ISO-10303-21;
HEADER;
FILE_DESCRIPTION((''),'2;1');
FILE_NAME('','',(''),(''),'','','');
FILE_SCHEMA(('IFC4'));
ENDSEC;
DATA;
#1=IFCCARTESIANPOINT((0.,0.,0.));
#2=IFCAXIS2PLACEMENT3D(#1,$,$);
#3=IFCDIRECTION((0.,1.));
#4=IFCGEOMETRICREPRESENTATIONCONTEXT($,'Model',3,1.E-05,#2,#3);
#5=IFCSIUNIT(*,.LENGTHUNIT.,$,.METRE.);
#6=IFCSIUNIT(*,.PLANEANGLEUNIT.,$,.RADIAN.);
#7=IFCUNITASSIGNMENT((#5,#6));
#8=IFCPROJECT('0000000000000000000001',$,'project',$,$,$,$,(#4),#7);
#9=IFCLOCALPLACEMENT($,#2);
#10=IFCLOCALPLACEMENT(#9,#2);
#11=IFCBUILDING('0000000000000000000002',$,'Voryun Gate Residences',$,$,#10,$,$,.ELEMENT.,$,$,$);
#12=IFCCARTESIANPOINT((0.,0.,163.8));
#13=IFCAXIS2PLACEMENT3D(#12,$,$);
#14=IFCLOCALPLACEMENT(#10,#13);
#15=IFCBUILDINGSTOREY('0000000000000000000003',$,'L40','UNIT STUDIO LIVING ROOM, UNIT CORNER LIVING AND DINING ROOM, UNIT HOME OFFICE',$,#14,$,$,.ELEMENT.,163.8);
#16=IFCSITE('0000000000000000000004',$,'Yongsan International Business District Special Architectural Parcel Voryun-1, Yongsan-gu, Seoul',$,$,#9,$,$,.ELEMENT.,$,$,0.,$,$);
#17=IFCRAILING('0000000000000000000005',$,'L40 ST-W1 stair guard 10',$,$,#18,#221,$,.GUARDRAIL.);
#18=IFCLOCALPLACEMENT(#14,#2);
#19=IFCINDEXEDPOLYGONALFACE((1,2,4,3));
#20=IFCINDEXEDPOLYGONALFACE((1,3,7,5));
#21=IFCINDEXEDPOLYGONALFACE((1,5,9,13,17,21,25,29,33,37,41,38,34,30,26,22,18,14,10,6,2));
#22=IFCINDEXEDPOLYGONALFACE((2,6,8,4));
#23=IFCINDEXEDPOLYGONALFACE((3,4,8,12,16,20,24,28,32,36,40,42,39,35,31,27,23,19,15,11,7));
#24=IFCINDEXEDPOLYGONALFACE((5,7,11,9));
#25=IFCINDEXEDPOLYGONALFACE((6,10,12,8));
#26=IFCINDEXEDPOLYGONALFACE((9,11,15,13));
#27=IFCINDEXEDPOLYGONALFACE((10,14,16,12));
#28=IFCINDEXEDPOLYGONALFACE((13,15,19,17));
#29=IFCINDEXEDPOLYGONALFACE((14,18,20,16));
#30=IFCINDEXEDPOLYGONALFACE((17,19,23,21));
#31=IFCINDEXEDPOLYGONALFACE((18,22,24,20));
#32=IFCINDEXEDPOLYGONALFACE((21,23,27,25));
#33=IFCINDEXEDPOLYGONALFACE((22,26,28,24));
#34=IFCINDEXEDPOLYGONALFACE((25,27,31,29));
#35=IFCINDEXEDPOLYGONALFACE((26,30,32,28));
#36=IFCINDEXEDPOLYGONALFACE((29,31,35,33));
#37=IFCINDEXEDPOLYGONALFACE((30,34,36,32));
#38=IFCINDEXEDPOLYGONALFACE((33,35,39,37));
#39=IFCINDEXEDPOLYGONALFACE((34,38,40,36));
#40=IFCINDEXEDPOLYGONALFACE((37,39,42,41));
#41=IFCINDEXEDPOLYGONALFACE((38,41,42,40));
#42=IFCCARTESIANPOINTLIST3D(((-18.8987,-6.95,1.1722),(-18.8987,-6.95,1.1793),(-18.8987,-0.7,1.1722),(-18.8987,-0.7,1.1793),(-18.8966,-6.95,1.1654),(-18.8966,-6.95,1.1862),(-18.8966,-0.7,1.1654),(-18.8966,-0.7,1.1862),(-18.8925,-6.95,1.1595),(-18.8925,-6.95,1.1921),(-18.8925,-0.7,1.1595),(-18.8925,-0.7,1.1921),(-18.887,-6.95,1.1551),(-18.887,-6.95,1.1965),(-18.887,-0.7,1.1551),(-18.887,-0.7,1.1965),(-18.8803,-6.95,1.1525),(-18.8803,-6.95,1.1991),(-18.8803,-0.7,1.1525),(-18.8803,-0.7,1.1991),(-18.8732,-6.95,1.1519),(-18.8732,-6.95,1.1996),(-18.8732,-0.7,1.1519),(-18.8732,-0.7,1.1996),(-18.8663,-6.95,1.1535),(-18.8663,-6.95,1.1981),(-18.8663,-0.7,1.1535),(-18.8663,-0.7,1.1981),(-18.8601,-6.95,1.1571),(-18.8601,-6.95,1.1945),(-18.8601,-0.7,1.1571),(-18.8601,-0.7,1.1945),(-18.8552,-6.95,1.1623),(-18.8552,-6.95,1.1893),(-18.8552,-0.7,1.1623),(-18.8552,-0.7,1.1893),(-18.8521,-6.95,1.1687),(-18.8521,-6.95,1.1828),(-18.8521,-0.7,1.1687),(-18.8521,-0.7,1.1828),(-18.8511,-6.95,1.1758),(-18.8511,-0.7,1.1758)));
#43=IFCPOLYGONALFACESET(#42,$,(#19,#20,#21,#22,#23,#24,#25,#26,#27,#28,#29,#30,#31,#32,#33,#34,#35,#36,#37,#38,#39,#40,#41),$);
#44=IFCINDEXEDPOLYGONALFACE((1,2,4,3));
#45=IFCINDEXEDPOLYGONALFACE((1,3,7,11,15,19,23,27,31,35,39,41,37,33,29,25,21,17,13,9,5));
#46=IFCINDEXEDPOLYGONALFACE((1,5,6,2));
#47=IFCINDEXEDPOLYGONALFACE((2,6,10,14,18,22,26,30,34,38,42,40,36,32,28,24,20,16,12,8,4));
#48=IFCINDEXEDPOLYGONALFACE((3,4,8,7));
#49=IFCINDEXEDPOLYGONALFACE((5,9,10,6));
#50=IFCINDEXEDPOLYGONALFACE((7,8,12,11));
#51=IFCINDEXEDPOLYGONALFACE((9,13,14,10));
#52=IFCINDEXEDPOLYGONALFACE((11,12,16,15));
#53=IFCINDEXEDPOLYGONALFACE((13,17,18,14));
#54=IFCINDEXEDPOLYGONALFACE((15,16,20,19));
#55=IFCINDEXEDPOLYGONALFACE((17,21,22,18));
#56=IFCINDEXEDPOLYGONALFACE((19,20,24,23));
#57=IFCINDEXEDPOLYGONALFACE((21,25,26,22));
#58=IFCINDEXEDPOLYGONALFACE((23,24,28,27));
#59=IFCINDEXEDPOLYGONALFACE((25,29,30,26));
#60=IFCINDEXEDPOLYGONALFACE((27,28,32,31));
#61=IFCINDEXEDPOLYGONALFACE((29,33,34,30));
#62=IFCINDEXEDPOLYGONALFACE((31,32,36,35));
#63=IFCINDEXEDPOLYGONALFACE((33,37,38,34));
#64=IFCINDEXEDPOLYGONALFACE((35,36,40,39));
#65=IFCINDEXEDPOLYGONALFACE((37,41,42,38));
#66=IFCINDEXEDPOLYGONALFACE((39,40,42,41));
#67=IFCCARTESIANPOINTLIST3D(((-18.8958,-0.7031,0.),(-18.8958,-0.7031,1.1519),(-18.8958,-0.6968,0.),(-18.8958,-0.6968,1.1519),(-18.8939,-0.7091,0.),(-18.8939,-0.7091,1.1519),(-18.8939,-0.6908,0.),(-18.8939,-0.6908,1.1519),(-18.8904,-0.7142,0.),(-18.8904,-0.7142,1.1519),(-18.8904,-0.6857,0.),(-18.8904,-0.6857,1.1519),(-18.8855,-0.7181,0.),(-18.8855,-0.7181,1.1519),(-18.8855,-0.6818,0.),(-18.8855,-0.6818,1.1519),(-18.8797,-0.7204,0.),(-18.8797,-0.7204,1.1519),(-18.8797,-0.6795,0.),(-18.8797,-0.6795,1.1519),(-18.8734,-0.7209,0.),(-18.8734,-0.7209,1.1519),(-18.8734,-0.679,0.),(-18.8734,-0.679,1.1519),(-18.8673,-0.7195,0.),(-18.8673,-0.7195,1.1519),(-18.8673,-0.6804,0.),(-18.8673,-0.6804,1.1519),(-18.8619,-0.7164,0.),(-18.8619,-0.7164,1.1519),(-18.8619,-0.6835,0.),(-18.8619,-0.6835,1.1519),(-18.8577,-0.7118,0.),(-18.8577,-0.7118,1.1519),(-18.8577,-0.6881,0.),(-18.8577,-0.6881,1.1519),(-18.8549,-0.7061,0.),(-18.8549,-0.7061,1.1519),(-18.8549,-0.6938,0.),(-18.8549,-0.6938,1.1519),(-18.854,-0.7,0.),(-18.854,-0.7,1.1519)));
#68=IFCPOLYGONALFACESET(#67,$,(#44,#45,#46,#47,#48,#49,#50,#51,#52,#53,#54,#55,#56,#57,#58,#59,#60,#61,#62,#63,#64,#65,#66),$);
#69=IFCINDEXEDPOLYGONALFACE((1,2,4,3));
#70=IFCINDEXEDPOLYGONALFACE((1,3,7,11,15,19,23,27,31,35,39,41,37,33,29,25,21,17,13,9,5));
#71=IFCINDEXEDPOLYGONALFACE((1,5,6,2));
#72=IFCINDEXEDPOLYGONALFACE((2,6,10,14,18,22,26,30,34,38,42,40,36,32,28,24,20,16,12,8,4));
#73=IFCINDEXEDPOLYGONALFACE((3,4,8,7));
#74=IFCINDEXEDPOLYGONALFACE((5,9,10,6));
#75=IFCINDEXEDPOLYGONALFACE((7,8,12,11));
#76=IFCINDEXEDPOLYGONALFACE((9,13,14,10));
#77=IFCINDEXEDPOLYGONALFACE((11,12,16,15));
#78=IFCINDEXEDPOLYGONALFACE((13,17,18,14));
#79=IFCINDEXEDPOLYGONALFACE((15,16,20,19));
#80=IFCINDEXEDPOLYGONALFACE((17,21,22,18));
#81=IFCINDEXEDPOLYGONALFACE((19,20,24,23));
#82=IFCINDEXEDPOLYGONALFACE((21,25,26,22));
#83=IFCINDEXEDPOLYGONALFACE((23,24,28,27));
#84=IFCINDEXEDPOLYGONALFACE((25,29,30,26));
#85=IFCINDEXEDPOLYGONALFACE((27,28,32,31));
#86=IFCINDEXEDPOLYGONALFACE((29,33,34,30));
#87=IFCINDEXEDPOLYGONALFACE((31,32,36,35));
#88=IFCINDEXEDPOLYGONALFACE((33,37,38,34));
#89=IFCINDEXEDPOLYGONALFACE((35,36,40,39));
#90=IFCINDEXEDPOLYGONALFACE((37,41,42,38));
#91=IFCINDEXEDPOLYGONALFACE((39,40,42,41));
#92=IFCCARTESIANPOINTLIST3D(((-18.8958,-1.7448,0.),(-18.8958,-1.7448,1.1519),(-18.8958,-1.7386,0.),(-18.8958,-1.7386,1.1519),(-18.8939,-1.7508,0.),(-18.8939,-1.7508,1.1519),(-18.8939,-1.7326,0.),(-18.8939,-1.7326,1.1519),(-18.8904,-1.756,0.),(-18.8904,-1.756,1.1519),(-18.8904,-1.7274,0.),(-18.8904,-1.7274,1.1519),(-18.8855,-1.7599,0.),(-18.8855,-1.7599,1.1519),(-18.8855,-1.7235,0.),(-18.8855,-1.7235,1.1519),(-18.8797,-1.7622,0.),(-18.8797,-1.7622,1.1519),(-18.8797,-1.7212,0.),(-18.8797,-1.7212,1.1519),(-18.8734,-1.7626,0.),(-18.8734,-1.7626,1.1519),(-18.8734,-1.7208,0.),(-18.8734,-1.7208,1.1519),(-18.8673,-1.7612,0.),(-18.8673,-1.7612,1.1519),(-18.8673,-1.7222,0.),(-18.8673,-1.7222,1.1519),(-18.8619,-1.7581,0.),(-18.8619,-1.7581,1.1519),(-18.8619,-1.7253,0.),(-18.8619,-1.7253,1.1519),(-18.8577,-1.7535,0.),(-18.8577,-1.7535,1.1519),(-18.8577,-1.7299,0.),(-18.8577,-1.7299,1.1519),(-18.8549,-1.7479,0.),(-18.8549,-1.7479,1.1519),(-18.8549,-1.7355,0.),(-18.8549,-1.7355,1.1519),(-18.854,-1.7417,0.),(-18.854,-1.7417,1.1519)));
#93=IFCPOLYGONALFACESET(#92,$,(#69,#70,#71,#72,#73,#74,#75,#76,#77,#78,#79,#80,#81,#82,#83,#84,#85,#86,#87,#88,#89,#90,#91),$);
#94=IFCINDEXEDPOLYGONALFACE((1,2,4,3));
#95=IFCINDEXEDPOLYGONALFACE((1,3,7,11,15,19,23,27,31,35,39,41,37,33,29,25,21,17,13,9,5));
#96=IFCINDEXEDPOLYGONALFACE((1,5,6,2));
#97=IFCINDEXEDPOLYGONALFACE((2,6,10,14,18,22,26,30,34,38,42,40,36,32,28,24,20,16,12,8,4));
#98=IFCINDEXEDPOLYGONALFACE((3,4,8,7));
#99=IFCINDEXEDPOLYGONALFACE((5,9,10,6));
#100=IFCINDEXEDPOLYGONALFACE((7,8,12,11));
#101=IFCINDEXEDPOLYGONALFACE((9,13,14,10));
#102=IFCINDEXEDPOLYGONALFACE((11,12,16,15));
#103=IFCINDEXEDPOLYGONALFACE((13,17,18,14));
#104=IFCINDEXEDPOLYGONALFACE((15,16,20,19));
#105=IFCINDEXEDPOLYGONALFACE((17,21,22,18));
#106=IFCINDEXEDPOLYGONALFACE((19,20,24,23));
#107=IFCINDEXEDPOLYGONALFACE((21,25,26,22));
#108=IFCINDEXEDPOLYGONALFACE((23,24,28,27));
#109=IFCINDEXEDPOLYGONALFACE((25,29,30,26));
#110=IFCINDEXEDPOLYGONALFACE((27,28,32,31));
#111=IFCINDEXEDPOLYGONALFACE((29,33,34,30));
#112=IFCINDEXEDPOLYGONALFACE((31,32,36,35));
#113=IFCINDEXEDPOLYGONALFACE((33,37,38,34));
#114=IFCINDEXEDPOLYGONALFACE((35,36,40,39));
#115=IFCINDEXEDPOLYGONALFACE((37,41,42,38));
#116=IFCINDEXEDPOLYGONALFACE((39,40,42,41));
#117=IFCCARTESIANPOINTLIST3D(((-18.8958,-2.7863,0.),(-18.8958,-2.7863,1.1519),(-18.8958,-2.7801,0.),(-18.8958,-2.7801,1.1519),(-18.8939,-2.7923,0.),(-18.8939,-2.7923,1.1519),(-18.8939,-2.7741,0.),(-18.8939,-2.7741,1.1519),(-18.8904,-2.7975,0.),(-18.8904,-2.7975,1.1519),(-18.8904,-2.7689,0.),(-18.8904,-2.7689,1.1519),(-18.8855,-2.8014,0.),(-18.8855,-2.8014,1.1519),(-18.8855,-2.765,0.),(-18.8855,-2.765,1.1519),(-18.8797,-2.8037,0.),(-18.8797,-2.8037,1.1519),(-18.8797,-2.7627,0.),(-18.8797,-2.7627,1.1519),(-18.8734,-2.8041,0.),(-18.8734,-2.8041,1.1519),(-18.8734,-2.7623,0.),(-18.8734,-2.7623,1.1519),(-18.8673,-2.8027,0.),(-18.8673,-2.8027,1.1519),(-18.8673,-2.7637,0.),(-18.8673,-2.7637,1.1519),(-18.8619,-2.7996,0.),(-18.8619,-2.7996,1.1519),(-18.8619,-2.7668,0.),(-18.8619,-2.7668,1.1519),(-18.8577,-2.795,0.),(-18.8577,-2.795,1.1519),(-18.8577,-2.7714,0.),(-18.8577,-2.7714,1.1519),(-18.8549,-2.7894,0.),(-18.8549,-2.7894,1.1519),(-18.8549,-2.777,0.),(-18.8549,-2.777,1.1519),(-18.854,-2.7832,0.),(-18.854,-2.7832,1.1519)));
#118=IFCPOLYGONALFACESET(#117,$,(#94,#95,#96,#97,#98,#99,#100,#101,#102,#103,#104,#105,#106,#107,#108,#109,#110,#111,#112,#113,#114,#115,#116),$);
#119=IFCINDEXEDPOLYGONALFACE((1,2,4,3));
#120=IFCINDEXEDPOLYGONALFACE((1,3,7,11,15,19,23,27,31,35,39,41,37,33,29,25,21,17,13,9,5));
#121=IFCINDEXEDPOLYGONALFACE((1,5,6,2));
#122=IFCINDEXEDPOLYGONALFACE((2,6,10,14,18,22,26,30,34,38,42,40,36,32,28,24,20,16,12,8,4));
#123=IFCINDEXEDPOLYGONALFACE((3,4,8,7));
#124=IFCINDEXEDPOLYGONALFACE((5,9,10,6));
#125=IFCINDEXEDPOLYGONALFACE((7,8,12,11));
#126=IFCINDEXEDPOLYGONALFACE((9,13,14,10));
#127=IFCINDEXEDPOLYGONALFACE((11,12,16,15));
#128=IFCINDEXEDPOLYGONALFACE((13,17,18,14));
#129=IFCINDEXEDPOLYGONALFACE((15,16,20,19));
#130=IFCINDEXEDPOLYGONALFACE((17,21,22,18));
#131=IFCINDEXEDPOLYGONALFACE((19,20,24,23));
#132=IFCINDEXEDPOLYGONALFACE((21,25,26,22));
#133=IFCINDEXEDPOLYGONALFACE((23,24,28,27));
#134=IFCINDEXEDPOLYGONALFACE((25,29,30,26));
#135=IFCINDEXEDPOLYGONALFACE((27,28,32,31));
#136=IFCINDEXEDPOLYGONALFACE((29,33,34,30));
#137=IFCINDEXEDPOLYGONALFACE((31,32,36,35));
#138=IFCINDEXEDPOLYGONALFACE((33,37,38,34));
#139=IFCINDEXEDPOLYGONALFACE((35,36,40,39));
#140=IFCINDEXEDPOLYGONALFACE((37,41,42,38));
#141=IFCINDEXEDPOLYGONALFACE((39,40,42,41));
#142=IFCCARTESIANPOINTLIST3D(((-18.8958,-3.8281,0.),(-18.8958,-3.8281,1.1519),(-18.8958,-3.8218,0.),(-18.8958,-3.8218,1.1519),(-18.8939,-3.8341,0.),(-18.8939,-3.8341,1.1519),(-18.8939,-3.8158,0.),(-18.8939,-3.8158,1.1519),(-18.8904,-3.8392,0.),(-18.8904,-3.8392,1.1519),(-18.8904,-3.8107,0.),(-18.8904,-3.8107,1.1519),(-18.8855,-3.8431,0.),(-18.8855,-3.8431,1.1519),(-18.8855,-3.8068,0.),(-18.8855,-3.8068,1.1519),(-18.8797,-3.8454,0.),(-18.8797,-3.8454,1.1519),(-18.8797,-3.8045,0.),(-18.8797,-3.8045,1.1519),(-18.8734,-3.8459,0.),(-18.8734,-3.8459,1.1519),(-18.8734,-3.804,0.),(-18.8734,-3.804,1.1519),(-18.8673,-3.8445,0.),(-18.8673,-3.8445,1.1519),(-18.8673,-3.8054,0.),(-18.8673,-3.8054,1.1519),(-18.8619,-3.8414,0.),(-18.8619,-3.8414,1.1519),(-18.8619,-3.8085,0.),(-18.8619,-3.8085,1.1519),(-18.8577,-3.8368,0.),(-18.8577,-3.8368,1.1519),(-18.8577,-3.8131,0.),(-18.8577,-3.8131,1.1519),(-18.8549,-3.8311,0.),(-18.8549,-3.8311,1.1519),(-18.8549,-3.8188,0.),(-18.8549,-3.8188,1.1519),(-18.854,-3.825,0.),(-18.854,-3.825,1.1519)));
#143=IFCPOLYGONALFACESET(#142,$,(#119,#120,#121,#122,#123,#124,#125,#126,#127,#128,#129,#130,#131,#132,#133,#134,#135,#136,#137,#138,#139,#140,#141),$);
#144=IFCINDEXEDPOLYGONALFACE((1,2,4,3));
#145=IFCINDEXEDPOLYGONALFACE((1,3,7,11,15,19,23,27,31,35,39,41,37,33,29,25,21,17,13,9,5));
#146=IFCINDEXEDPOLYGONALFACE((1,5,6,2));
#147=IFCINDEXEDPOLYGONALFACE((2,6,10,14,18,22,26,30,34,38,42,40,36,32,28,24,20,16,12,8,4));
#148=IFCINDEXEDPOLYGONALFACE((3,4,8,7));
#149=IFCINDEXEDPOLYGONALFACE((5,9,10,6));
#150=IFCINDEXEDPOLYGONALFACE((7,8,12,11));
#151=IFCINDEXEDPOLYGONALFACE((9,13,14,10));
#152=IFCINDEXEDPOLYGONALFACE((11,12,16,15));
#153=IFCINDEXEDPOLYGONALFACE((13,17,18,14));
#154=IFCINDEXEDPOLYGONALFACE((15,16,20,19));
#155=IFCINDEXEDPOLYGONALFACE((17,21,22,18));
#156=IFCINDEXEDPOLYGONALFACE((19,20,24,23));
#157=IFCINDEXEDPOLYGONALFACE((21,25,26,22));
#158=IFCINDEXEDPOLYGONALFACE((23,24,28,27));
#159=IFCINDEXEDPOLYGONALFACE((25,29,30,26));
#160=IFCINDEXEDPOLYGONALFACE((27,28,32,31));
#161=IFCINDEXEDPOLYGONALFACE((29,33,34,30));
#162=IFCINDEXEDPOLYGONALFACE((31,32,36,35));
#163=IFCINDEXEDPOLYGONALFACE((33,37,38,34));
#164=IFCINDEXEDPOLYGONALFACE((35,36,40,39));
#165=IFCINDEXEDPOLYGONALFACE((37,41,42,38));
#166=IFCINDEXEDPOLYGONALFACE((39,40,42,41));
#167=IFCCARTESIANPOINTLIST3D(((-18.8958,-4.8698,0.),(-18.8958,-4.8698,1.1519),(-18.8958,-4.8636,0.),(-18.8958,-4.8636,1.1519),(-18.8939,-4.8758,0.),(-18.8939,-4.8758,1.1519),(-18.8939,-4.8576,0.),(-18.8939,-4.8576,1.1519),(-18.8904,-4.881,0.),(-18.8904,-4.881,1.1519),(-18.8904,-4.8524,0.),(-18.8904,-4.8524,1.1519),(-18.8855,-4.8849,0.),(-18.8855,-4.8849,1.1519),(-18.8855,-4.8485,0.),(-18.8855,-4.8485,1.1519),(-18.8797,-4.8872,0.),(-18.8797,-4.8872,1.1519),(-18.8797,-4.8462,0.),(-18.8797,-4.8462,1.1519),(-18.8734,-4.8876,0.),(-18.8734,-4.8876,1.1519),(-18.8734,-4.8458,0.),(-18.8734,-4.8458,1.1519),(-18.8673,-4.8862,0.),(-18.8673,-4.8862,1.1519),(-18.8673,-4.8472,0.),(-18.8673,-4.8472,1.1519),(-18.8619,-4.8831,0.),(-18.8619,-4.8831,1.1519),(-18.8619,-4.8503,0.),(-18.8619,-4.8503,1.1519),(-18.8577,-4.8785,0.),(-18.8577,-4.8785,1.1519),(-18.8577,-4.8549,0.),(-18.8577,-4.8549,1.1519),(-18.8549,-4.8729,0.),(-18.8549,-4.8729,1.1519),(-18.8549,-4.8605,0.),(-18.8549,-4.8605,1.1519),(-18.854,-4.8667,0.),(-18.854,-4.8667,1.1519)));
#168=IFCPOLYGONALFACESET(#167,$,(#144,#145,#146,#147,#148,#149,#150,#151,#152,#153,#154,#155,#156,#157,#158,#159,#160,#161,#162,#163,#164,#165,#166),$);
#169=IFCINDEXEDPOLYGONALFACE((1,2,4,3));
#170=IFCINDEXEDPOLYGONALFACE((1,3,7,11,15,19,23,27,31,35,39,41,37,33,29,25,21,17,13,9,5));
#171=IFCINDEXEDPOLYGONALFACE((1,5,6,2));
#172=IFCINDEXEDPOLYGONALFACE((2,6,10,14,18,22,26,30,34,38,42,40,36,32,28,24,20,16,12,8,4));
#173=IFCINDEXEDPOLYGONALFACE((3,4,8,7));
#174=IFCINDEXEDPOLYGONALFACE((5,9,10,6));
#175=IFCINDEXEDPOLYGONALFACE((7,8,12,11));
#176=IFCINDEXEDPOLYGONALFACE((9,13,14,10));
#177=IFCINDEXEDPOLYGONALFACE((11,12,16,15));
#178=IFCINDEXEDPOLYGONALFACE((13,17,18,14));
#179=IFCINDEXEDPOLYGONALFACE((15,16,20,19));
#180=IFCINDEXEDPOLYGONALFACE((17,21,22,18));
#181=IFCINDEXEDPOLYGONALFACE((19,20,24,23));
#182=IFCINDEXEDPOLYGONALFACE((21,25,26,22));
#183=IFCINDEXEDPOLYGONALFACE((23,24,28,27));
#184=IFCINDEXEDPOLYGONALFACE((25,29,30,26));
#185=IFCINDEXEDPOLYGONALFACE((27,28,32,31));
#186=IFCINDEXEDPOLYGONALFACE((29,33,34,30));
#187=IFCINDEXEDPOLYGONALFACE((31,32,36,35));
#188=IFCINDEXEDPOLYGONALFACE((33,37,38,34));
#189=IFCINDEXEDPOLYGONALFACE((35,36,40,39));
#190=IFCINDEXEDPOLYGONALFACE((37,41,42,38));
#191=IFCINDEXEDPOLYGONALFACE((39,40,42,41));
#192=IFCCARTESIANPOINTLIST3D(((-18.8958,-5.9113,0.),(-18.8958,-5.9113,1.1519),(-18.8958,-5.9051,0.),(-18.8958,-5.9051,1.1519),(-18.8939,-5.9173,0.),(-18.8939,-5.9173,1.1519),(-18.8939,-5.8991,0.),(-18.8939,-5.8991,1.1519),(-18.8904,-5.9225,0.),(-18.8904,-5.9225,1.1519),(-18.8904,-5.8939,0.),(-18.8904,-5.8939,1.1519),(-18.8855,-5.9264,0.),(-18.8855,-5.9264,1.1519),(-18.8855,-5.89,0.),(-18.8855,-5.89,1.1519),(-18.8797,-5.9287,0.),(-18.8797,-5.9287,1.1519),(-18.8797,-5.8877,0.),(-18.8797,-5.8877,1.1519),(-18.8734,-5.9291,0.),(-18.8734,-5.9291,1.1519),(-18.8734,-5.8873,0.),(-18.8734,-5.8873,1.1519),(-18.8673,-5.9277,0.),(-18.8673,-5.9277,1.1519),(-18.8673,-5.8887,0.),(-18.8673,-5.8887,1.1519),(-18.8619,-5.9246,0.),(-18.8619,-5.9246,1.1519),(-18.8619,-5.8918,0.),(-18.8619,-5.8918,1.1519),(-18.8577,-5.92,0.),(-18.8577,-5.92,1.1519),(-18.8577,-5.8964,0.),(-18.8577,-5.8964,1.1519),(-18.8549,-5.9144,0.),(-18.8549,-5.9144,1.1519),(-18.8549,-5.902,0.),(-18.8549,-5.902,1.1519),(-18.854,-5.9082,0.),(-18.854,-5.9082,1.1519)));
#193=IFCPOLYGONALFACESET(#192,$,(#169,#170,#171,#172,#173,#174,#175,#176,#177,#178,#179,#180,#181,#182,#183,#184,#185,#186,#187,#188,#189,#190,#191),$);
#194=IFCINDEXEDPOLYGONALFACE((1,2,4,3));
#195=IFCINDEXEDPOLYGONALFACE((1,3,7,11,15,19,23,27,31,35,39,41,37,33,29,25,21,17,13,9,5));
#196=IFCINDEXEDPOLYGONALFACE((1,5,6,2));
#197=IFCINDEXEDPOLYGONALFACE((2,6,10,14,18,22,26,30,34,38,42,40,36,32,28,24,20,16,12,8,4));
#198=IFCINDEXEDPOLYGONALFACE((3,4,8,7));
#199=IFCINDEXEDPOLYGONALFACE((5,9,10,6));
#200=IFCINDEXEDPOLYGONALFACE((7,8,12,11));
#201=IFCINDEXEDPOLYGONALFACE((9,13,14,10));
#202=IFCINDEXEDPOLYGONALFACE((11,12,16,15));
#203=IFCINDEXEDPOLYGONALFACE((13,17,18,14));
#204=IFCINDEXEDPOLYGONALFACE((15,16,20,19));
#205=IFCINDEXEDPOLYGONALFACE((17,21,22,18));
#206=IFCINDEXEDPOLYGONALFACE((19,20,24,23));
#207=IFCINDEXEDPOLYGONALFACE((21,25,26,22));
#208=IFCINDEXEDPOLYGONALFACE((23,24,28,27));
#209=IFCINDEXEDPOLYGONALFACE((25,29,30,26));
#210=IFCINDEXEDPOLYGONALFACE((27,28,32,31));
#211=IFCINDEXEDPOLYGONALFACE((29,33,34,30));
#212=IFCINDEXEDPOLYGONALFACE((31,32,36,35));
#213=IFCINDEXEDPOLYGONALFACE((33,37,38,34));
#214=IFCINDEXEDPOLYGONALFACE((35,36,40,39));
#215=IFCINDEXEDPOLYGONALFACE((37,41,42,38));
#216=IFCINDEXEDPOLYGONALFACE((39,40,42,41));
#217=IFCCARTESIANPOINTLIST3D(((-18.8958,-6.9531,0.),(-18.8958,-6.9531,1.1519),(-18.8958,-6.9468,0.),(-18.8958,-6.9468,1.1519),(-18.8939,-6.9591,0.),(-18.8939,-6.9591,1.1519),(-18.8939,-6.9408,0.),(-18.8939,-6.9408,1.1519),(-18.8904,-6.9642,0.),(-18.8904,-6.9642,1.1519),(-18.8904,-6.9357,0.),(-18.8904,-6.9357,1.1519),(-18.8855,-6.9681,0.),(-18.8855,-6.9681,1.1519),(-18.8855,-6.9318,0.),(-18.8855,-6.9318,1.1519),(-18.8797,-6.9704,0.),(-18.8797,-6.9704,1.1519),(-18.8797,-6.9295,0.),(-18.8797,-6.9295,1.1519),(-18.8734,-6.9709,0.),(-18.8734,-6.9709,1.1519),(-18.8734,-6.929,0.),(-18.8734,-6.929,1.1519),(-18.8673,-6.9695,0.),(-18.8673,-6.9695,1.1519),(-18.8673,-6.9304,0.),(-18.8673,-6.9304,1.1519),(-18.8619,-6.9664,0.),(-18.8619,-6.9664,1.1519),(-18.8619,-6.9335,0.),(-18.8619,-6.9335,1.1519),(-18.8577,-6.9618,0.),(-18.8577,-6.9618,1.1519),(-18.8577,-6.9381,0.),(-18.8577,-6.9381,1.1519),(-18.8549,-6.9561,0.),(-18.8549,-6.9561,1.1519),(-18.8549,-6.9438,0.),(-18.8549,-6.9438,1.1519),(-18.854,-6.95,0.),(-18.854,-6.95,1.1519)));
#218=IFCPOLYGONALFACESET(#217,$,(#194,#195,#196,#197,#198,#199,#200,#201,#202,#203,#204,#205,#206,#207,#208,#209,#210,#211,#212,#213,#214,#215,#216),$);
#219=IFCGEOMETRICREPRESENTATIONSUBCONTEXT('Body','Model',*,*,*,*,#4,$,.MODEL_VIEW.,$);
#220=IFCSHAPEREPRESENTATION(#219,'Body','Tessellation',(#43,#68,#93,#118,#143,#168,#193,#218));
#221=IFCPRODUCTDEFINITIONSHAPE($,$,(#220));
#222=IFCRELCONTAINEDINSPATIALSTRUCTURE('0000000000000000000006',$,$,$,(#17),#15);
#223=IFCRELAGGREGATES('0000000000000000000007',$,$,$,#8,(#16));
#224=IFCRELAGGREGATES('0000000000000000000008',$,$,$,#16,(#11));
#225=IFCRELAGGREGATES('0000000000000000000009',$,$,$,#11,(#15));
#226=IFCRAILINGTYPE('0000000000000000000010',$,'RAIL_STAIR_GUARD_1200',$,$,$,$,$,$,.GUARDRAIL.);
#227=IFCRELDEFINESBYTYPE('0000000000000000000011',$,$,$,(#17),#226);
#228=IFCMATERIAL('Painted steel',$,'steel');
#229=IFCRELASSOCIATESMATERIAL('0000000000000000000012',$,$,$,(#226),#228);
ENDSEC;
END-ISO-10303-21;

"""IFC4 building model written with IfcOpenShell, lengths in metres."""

from ifc_helpers import new_model, si_unit, direction, frame, origin, origin_2d, place, context, subcontext, project, spatial, circle, extrude, material, type_object, element, save


model = new_model("IFC4")

# Units and contexts
model_context = context("Model", 3, precision=1e-05, world=origin(), true_north=direction((0.0, 1.0)))
body_context = subcontext(model_context, "Body", "Model", "MODEL_VIEW")
ifc_project = project(units=[si_unit("LENGTHUNIT", "METRE"), si_unit("PLANEANGLEUNIT", "RADIAN")], contexts=[model_context])

# Site, building, storey
site_placement = place(None, origin())
site = spatial("IfcSite", under=ifc_project, at=site_placement, Name="Yongsan International Business District Special Architectural Parcel Voryun-1, Yongsan-gu, Seoul", CompositionType="ELEMENT", RefElevation=0.0)
building_placement = place(site_placement, origin())
building = spatial("IfcBuilding", under=site, at=building_placement, Name="Voryun Gate Residences", CompositionType="ELEMENT")
storey_placement = place(building_placement, frame((0.0, 0.0, 163.8)))
storey = spatial("IfcBuildingStorey", under=building, at=storey_placement, Name="L40", Description="UNIT STUDIO LIVING ROOM, UNIT CORNER LIVING AND DINING ROOM, UNIT HOME OFFICE", CompositionType="ELEMENT", Elevation=163.8)

# Railing
ifc_material_1 = material(Name="Painted steel", Category="steel")
railing_type_1 = type_object("IfcRailingType", Name="RAIL_STAIR_GUARD_1200", PredefinedType="GUARDRAIL", material=ifc_material_1)
railing_1_placement = place(storey_placement, frame((-18.875, -0.7, 0.0)))
element("IfcRailing", 1, at=railing_1_placement, inside=storey, type_object=railing_type_1, Name="L40 ST-W1 stair guard 10", PredefinedType="GUARDRAIL", context=body_context, shape_type="SweptSolid", body=[
    extrude(circle(Radius=0.0239, at=origin_2d()), frame((0.0, 0.0, 1.1758), z_axis=(0.0, -1.0, 0.0), x_axis=(1.0, 0.0, 0.0)), (0.0, 0.0, 1.0), 6.25),
    extrude(circle(Radius=0.021, at=origin_2d()), origin(), (0.0, 0.0, 1.0), 1.1519),
    extrude(circle(Radius=0.021, at=origin_2d()), frame((0.0, -1.0417, 0.0)), (0.0, 0.0, 1.0), 1.1519),
    extrude(circle(Radius=0.021, at=origin_2d()), frame((0.0, -2.0833, 0.0)), (0.0, 0.0, 1.0), 1.1519),
    extrude(circle(Radius=0.021, at=origin_2d()), frame((0.0, -3.125, 0.0)), (0.0, 0.0, 1.0), 1.1519),
    extrude(circle(Radius=0.021, at=origin_2d()), frame((0.0, -4.1667, 0.0)), (0.0, 0.0, 1.0), 1.1519),
    extrude(circle(Radius=0.021, at=origin_2d()), frame((0.0, -5.2083, 0.0)), (0.0, 0.0, 1.0), 1.1519),
    extrude(circle(Radius=0.021, at=origin_2d()), frame((0.0, -6.25, 0.0)), (0.0, 0.0, 1.0), 1.1519),
])

save(model, "model.ifc")
